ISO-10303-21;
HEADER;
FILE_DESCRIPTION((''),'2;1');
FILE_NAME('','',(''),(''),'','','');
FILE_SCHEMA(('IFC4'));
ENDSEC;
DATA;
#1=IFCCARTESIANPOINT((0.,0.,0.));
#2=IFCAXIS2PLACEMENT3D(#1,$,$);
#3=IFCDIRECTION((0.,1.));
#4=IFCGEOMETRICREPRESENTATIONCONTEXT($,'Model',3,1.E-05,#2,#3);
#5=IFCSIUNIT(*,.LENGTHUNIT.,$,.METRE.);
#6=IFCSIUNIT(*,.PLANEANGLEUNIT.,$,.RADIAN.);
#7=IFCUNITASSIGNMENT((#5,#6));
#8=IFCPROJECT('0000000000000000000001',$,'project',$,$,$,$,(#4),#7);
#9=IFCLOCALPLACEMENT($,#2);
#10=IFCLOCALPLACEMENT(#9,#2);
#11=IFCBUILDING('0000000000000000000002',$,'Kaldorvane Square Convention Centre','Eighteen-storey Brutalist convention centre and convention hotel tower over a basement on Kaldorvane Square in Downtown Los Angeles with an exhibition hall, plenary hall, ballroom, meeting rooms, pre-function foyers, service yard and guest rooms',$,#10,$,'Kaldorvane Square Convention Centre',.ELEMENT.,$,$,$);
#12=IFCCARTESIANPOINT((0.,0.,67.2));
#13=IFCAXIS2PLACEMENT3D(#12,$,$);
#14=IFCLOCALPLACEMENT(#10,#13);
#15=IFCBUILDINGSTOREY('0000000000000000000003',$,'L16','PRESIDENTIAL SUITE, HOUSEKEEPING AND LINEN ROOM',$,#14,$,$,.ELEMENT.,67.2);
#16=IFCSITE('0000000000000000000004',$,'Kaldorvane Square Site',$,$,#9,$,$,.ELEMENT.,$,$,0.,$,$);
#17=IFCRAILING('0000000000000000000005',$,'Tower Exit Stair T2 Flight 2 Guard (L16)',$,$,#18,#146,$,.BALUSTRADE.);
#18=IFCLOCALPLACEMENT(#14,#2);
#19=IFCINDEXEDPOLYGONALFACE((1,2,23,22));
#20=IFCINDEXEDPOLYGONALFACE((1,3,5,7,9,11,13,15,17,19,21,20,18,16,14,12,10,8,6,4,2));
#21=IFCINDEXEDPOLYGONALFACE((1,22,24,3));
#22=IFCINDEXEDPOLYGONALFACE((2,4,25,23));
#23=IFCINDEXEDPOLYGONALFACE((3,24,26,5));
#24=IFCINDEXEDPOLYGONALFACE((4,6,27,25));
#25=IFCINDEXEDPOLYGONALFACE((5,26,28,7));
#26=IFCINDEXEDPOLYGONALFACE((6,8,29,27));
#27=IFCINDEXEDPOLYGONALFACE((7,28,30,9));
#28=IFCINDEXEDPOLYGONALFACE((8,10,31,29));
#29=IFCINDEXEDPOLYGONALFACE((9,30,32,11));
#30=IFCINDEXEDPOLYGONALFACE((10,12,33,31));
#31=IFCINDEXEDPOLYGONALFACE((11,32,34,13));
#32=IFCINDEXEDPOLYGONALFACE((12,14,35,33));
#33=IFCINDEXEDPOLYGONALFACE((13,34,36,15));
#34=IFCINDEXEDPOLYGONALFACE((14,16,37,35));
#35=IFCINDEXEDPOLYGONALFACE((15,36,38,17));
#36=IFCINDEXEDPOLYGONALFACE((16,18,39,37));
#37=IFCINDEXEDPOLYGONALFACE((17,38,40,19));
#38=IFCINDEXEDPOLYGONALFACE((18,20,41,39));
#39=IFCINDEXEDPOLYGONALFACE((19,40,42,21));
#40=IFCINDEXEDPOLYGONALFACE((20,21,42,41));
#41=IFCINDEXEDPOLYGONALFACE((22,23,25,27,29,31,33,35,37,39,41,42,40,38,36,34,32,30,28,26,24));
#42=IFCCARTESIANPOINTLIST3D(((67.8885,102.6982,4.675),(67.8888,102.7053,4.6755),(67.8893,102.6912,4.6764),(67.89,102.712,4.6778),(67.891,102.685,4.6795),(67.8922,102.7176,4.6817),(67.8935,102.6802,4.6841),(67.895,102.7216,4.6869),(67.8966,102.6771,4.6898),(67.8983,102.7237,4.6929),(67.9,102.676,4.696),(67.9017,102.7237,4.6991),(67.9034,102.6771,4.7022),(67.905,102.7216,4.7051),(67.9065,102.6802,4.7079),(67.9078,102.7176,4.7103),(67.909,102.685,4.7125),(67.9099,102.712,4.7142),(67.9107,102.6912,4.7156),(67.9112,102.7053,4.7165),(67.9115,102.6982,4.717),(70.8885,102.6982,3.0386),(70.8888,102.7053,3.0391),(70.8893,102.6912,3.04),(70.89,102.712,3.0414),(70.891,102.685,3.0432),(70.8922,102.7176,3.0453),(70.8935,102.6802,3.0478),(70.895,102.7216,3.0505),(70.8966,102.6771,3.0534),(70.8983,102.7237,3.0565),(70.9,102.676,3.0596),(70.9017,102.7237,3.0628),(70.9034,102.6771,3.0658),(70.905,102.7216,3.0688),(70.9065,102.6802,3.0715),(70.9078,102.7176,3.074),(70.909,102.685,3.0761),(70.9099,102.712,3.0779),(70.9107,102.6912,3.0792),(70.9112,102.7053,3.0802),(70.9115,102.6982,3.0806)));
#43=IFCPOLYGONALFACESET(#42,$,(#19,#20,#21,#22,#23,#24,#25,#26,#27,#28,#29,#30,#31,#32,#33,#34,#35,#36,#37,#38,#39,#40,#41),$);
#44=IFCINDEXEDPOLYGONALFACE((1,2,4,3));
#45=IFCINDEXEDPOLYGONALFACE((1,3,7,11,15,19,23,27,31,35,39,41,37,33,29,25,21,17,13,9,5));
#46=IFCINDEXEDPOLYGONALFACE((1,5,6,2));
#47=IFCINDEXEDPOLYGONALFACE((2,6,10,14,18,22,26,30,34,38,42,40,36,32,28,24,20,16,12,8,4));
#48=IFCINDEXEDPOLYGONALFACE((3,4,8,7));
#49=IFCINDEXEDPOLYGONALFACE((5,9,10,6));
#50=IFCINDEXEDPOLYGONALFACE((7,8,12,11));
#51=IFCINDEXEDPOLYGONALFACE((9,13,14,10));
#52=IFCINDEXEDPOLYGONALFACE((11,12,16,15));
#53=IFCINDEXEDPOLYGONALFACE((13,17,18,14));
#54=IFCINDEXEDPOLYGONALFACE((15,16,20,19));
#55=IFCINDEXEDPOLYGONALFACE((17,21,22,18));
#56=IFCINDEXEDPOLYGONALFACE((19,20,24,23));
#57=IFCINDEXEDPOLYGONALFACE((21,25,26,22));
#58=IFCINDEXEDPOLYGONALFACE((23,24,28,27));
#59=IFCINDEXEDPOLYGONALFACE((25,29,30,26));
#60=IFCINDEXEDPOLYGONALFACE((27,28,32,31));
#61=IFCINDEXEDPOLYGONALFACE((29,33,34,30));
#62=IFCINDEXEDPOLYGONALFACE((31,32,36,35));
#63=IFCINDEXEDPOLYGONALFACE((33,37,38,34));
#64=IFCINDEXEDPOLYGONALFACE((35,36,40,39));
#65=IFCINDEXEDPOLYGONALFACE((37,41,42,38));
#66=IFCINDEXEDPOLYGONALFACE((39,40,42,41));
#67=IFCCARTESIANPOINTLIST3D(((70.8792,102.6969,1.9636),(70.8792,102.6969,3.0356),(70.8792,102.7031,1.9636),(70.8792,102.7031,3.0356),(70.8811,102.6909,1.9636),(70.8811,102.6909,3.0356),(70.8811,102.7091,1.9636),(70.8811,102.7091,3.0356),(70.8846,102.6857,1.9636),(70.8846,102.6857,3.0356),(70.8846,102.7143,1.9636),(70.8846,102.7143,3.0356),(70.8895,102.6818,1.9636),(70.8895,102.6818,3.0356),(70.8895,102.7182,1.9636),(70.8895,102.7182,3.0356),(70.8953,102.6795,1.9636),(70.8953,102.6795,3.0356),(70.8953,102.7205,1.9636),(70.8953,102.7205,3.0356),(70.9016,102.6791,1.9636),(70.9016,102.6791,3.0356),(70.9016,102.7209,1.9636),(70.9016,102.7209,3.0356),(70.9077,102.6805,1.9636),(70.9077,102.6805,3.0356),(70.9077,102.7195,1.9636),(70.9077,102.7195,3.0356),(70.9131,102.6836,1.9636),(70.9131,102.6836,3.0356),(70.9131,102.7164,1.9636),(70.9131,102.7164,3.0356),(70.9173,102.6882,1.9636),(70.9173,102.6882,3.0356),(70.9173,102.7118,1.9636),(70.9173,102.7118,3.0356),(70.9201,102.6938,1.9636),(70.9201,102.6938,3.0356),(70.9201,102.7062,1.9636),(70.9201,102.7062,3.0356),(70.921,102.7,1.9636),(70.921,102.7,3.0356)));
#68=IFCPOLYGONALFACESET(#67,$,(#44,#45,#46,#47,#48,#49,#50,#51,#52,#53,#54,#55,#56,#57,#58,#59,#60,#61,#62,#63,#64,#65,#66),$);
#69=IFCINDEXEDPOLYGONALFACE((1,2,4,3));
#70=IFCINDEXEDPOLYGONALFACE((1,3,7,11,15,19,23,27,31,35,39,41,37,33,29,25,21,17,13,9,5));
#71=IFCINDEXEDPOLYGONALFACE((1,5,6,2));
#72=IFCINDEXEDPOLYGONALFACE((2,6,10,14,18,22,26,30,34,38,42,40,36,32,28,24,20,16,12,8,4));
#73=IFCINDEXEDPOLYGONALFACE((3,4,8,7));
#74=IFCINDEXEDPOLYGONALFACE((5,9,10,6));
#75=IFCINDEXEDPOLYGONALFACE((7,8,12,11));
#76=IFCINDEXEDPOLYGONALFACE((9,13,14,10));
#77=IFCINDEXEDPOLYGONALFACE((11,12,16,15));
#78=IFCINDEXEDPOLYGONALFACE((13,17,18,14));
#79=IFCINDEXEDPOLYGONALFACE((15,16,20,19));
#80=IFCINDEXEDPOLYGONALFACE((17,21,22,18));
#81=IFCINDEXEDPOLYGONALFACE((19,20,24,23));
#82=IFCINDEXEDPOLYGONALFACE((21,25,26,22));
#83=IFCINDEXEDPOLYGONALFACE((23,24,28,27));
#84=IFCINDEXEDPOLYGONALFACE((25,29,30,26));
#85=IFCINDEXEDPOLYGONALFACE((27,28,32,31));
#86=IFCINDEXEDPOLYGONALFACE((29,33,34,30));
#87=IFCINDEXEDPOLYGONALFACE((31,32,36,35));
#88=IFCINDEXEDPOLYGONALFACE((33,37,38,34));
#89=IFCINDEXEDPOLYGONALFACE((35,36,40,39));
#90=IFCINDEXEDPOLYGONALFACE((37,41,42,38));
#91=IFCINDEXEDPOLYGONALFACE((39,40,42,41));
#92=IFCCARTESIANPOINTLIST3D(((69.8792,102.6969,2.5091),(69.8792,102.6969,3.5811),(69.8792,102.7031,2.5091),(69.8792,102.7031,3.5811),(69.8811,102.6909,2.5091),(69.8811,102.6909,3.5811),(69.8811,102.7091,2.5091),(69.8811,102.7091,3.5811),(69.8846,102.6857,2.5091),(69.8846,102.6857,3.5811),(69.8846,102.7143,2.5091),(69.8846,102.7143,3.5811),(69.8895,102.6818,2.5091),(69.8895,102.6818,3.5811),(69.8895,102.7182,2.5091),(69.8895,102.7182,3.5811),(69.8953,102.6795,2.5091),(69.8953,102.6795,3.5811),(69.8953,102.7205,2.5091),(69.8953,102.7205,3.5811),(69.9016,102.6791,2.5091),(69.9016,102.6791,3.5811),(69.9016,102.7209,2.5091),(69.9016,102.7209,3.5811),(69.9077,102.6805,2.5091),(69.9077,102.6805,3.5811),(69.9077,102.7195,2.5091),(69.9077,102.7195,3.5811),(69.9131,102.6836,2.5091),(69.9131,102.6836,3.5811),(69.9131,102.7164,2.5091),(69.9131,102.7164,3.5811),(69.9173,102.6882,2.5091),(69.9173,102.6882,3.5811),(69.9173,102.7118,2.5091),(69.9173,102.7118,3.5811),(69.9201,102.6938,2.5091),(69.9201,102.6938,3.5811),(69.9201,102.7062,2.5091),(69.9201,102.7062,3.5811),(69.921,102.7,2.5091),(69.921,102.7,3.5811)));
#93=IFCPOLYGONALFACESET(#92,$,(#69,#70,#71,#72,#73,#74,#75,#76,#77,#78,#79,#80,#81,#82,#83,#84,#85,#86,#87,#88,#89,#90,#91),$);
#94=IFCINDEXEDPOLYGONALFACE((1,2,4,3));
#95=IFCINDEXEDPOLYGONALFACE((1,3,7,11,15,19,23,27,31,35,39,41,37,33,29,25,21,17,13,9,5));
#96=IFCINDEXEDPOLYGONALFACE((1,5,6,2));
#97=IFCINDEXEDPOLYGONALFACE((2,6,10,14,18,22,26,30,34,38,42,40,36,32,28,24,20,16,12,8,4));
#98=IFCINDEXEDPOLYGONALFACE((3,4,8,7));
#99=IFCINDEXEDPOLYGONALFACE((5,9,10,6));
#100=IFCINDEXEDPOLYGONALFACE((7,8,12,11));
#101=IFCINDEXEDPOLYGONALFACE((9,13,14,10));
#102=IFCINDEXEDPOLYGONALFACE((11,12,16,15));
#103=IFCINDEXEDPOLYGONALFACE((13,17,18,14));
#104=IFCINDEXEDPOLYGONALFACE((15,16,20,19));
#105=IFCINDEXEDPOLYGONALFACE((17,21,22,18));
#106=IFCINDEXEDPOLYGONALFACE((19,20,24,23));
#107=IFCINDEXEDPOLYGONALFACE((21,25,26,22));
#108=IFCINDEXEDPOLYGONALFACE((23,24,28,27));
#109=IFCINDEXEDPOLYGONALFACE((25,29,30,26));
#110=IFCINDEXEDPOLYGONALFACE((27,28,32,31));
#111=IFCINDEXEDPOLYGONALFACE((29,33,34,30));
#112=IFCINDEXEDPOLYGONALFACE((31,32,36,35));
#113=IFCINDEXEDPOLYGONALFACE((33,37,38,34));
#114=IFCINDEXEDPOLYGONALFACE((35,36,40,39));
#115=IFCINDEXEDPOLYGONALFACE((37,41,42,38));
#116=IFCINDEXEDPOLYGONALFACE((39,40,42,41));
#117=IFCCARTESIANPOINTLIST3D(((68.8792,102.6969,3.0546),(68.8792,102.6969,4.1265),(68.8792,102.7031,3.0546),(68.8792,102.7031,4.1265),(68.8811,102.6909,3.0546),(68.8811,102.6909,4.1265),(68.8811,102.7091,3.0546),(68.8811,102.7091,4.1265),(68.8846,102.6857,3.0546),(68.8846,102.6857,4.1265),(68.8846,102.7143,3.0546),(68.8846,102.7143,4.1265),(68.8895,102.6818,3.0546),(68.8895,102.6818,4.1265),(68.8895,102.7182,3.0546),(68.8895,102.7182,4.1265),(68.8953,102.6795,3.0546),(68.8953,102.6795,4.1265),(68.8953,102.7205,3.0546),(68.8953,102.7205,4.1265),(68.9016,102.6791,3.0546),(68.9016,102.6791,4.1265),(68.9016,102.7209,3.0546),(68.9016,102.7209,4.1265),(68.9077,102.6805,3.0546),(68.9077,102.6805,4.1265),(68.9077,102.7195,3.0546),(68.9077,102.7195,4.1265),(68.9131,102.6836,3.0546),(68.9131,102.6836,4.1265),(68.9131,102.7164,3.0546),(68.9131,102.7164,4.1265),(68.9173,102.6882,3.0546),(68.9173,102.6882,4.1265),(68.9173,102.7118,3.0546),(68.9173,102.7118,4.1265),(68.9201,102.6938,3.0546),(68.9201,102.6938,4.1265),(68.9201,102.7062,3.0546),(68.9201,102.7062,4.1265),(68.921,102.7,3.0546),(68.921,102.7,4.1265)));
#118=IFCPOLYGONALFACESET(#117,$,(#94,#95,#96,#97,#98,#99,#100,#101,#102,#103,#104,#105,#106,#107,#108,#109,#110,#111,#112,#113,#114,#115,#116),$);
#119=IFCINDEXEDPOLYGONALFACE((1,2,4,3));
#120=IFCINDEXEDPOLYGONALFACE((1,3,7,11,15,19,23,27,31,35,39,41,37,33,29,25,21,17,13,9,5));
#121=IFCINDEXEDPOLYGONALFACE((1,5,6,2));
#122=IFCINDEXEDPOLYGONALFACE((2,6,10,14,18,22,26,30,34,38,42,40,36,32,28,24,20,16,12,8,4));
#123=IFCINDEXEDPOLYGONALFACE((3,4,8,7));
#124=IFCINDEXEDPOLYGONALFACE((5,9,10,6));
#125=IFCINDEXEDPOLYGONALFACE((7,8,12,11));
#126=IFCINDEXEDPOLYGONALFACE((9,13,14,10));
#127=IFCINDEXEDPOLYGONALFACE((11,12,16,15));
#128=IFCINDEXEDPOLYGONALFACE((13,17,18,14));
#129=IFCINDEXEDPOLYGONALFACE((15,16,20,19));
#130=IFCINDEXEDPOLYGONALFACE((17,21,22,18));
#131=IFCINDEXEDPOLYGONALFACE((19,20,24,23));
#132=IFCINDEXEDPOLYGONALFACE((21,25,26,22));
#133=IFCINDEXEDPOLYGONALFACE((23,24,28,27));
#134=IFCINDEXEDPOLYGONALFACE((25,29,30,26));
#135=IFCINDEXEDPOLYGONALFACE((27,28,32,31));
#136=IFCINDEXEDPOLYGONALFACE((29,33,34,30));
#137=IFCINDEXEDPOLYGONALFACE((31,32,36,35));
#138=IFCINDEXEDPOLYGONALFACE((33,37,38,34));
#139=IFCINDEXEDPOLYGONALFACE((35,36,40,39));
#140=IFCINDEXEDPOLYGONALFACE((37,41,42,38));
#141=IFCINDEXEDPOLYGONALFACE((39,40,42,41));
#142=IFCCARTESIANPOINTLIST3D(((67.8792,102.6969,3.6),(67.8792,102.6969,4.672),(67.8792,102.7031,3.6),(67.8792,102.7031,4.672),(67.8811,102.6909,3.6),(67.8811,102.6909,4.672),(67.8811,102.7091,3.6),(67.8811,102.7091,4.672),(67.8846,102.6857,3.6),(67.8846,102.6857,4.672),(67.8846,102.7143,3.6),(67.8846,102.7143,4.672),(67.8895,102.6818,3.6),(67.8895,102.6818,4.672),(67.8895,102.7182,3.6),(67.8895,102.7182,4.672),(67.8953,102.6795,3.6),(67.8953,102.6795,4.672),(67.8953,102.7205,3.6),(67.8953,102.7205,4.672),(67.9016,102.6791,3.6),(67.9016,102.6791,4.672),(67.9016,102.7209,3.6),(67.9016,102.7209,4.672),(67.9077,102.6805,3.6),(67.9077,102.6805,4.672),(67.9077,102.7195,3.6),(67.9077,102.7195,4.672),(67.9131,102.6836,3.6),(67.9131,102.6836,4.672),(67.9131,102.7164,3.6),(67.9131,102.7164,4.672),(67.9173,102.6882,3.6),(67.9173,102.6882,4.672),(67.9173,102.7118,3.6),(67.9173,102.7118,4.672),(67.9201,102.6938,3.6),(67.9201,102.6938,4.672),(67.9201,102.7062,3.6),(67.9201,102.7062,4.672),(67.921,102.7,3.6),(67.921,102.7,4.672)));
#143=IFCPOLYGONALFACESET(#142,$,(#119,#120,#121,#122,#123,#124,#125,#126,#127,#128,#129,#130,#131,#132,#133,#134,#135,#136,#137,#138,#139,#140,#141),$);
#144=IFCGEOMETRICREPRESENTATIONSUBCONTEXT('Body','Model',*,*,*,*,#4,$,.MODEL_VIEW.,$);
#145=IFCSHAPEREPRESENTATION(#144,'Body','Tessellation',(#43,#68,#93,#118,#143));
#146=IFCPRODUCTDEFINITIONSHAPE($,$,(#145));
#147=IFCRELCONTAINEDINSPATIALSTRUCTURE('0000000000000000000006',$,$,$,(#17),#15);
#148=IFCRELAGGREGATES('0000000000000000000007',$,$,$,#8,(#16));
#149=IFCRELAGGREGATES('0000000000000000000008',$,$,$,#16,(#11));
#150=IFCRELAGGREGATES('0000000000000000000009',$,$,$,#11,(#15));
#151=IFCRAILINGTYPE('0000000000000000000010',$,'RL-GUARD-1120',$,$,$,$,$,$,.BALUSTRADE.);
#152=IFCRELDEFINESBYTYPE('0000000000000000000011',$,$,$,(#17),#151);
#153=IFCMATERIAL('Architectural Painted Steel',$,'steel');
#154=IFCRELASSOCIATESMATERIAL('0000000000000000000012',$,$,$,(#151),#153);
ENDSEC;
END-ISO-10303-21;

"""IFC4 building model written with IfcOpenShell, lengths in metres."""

from ifc_helpers import new_model, si_unit, direction, frame, origin, origin_2d, place, context, subcontext, project, spatial, circle, extrude, material, type_object, element, save


model = new_model("IFC4")

# Units and contexts
model_context = context("Model", 3, precision=1e-05, world=origin(), true_north=direction((0.0, 1.0)))
body_context = subcontext(model_context, "Body", "Model", "MODEL_VIEW")
ifc_project = project(units=[si_unit("LENGTHUNIT", "METRE"), si_unit("PLANEANGLEUNIT", "RADIAN")], contexts=[model_context])

# Site, building, storey
site_placement = place(None, origin())
site = spatial("IfcSite", under=ifc_project, at=site_placement, Name="Kaldorvane Square Site", CompositionType="ELEMENT", RefElevation=0.0)
building_placement = place(site_placement, origin())
building = spatial("IfcBuilding", under=site, at=building_placement, Name="Kaldorvane Square Convention Centre", Description="Eighteen-storey Brutalist convention centre and convention hotel tower over a basement on Kaldorvane Square in Downtown Los Angeles with an exhibition hall, plenary hall, ballroom, meeting rooms, pre-function foyers, service yard and guest rooms", LongName="Kaldorvane Square Convention Centre", CompositionType="ELEMENT")
storey_placement = place(building_placement, frame((0.0, 0.0, 67.2)))
storey = spatial("IfcBuildingStorey", under=building, at=storey_placement, Name="L16", Description="PRESIDENTIAL SUITE, HOUSEKEEPING AND LINEN ROOM", CompositionType="ELEMENT", Elevation=67.2)

# Railing
ifc_material_1 = material(Name="Architectural Painted Steel", Category="steel")
railing_type = type_object("IfcRailingType", Name="RL-GUARD-1120", PredefinedType="BALUSTRADE", material=ifc_material_1)
railing_1_placement = place(storey_placement, frame((70.9, 102.7, 1.9636)))
element("IfcRailing", 1, at=railing_1_placement, inside=storey, type_object=railing_type, Name="Tower Exit Stair T2 Flight 2 Guard (L16)", PredefinedType="BALUSTRADE", context=body_context, shape_type="SweptSolid", body=[
    extrude(circle(Radius=0.024, at=origin_2d()), frame((0.0, 0.0, 1.096), z_axis=(-0.877895, 0.0, 0.478853), x_axis=(0.0, -1.0, 0.0)), (0.0, 0.0, 1.0), 3.4173),
    extrude(circle(Radius=0.021, at=origin_2d()), origin(), (0.0, 0.0, 1.0), 1.072),
    extrude(circle(Radius=0.021, at=origin_2d()), frame((-1.0, 0.0, 0.5455)), (0.0, 0.0, 1.0), 1.072),
    extrude(circle(Radius=0.021, at=origin_2d()), frame((-2.0, 0.0, 1.0909)), (0.0, 0.0, 1.0), 1.072),
    extrude(circle(Radius=0.021, at=origin_2d()), frame((-3.0, 0.0, 1.6364)), (0.0, 0.0, 1.0), 1.072),
])

save(model, "model.ifc")
